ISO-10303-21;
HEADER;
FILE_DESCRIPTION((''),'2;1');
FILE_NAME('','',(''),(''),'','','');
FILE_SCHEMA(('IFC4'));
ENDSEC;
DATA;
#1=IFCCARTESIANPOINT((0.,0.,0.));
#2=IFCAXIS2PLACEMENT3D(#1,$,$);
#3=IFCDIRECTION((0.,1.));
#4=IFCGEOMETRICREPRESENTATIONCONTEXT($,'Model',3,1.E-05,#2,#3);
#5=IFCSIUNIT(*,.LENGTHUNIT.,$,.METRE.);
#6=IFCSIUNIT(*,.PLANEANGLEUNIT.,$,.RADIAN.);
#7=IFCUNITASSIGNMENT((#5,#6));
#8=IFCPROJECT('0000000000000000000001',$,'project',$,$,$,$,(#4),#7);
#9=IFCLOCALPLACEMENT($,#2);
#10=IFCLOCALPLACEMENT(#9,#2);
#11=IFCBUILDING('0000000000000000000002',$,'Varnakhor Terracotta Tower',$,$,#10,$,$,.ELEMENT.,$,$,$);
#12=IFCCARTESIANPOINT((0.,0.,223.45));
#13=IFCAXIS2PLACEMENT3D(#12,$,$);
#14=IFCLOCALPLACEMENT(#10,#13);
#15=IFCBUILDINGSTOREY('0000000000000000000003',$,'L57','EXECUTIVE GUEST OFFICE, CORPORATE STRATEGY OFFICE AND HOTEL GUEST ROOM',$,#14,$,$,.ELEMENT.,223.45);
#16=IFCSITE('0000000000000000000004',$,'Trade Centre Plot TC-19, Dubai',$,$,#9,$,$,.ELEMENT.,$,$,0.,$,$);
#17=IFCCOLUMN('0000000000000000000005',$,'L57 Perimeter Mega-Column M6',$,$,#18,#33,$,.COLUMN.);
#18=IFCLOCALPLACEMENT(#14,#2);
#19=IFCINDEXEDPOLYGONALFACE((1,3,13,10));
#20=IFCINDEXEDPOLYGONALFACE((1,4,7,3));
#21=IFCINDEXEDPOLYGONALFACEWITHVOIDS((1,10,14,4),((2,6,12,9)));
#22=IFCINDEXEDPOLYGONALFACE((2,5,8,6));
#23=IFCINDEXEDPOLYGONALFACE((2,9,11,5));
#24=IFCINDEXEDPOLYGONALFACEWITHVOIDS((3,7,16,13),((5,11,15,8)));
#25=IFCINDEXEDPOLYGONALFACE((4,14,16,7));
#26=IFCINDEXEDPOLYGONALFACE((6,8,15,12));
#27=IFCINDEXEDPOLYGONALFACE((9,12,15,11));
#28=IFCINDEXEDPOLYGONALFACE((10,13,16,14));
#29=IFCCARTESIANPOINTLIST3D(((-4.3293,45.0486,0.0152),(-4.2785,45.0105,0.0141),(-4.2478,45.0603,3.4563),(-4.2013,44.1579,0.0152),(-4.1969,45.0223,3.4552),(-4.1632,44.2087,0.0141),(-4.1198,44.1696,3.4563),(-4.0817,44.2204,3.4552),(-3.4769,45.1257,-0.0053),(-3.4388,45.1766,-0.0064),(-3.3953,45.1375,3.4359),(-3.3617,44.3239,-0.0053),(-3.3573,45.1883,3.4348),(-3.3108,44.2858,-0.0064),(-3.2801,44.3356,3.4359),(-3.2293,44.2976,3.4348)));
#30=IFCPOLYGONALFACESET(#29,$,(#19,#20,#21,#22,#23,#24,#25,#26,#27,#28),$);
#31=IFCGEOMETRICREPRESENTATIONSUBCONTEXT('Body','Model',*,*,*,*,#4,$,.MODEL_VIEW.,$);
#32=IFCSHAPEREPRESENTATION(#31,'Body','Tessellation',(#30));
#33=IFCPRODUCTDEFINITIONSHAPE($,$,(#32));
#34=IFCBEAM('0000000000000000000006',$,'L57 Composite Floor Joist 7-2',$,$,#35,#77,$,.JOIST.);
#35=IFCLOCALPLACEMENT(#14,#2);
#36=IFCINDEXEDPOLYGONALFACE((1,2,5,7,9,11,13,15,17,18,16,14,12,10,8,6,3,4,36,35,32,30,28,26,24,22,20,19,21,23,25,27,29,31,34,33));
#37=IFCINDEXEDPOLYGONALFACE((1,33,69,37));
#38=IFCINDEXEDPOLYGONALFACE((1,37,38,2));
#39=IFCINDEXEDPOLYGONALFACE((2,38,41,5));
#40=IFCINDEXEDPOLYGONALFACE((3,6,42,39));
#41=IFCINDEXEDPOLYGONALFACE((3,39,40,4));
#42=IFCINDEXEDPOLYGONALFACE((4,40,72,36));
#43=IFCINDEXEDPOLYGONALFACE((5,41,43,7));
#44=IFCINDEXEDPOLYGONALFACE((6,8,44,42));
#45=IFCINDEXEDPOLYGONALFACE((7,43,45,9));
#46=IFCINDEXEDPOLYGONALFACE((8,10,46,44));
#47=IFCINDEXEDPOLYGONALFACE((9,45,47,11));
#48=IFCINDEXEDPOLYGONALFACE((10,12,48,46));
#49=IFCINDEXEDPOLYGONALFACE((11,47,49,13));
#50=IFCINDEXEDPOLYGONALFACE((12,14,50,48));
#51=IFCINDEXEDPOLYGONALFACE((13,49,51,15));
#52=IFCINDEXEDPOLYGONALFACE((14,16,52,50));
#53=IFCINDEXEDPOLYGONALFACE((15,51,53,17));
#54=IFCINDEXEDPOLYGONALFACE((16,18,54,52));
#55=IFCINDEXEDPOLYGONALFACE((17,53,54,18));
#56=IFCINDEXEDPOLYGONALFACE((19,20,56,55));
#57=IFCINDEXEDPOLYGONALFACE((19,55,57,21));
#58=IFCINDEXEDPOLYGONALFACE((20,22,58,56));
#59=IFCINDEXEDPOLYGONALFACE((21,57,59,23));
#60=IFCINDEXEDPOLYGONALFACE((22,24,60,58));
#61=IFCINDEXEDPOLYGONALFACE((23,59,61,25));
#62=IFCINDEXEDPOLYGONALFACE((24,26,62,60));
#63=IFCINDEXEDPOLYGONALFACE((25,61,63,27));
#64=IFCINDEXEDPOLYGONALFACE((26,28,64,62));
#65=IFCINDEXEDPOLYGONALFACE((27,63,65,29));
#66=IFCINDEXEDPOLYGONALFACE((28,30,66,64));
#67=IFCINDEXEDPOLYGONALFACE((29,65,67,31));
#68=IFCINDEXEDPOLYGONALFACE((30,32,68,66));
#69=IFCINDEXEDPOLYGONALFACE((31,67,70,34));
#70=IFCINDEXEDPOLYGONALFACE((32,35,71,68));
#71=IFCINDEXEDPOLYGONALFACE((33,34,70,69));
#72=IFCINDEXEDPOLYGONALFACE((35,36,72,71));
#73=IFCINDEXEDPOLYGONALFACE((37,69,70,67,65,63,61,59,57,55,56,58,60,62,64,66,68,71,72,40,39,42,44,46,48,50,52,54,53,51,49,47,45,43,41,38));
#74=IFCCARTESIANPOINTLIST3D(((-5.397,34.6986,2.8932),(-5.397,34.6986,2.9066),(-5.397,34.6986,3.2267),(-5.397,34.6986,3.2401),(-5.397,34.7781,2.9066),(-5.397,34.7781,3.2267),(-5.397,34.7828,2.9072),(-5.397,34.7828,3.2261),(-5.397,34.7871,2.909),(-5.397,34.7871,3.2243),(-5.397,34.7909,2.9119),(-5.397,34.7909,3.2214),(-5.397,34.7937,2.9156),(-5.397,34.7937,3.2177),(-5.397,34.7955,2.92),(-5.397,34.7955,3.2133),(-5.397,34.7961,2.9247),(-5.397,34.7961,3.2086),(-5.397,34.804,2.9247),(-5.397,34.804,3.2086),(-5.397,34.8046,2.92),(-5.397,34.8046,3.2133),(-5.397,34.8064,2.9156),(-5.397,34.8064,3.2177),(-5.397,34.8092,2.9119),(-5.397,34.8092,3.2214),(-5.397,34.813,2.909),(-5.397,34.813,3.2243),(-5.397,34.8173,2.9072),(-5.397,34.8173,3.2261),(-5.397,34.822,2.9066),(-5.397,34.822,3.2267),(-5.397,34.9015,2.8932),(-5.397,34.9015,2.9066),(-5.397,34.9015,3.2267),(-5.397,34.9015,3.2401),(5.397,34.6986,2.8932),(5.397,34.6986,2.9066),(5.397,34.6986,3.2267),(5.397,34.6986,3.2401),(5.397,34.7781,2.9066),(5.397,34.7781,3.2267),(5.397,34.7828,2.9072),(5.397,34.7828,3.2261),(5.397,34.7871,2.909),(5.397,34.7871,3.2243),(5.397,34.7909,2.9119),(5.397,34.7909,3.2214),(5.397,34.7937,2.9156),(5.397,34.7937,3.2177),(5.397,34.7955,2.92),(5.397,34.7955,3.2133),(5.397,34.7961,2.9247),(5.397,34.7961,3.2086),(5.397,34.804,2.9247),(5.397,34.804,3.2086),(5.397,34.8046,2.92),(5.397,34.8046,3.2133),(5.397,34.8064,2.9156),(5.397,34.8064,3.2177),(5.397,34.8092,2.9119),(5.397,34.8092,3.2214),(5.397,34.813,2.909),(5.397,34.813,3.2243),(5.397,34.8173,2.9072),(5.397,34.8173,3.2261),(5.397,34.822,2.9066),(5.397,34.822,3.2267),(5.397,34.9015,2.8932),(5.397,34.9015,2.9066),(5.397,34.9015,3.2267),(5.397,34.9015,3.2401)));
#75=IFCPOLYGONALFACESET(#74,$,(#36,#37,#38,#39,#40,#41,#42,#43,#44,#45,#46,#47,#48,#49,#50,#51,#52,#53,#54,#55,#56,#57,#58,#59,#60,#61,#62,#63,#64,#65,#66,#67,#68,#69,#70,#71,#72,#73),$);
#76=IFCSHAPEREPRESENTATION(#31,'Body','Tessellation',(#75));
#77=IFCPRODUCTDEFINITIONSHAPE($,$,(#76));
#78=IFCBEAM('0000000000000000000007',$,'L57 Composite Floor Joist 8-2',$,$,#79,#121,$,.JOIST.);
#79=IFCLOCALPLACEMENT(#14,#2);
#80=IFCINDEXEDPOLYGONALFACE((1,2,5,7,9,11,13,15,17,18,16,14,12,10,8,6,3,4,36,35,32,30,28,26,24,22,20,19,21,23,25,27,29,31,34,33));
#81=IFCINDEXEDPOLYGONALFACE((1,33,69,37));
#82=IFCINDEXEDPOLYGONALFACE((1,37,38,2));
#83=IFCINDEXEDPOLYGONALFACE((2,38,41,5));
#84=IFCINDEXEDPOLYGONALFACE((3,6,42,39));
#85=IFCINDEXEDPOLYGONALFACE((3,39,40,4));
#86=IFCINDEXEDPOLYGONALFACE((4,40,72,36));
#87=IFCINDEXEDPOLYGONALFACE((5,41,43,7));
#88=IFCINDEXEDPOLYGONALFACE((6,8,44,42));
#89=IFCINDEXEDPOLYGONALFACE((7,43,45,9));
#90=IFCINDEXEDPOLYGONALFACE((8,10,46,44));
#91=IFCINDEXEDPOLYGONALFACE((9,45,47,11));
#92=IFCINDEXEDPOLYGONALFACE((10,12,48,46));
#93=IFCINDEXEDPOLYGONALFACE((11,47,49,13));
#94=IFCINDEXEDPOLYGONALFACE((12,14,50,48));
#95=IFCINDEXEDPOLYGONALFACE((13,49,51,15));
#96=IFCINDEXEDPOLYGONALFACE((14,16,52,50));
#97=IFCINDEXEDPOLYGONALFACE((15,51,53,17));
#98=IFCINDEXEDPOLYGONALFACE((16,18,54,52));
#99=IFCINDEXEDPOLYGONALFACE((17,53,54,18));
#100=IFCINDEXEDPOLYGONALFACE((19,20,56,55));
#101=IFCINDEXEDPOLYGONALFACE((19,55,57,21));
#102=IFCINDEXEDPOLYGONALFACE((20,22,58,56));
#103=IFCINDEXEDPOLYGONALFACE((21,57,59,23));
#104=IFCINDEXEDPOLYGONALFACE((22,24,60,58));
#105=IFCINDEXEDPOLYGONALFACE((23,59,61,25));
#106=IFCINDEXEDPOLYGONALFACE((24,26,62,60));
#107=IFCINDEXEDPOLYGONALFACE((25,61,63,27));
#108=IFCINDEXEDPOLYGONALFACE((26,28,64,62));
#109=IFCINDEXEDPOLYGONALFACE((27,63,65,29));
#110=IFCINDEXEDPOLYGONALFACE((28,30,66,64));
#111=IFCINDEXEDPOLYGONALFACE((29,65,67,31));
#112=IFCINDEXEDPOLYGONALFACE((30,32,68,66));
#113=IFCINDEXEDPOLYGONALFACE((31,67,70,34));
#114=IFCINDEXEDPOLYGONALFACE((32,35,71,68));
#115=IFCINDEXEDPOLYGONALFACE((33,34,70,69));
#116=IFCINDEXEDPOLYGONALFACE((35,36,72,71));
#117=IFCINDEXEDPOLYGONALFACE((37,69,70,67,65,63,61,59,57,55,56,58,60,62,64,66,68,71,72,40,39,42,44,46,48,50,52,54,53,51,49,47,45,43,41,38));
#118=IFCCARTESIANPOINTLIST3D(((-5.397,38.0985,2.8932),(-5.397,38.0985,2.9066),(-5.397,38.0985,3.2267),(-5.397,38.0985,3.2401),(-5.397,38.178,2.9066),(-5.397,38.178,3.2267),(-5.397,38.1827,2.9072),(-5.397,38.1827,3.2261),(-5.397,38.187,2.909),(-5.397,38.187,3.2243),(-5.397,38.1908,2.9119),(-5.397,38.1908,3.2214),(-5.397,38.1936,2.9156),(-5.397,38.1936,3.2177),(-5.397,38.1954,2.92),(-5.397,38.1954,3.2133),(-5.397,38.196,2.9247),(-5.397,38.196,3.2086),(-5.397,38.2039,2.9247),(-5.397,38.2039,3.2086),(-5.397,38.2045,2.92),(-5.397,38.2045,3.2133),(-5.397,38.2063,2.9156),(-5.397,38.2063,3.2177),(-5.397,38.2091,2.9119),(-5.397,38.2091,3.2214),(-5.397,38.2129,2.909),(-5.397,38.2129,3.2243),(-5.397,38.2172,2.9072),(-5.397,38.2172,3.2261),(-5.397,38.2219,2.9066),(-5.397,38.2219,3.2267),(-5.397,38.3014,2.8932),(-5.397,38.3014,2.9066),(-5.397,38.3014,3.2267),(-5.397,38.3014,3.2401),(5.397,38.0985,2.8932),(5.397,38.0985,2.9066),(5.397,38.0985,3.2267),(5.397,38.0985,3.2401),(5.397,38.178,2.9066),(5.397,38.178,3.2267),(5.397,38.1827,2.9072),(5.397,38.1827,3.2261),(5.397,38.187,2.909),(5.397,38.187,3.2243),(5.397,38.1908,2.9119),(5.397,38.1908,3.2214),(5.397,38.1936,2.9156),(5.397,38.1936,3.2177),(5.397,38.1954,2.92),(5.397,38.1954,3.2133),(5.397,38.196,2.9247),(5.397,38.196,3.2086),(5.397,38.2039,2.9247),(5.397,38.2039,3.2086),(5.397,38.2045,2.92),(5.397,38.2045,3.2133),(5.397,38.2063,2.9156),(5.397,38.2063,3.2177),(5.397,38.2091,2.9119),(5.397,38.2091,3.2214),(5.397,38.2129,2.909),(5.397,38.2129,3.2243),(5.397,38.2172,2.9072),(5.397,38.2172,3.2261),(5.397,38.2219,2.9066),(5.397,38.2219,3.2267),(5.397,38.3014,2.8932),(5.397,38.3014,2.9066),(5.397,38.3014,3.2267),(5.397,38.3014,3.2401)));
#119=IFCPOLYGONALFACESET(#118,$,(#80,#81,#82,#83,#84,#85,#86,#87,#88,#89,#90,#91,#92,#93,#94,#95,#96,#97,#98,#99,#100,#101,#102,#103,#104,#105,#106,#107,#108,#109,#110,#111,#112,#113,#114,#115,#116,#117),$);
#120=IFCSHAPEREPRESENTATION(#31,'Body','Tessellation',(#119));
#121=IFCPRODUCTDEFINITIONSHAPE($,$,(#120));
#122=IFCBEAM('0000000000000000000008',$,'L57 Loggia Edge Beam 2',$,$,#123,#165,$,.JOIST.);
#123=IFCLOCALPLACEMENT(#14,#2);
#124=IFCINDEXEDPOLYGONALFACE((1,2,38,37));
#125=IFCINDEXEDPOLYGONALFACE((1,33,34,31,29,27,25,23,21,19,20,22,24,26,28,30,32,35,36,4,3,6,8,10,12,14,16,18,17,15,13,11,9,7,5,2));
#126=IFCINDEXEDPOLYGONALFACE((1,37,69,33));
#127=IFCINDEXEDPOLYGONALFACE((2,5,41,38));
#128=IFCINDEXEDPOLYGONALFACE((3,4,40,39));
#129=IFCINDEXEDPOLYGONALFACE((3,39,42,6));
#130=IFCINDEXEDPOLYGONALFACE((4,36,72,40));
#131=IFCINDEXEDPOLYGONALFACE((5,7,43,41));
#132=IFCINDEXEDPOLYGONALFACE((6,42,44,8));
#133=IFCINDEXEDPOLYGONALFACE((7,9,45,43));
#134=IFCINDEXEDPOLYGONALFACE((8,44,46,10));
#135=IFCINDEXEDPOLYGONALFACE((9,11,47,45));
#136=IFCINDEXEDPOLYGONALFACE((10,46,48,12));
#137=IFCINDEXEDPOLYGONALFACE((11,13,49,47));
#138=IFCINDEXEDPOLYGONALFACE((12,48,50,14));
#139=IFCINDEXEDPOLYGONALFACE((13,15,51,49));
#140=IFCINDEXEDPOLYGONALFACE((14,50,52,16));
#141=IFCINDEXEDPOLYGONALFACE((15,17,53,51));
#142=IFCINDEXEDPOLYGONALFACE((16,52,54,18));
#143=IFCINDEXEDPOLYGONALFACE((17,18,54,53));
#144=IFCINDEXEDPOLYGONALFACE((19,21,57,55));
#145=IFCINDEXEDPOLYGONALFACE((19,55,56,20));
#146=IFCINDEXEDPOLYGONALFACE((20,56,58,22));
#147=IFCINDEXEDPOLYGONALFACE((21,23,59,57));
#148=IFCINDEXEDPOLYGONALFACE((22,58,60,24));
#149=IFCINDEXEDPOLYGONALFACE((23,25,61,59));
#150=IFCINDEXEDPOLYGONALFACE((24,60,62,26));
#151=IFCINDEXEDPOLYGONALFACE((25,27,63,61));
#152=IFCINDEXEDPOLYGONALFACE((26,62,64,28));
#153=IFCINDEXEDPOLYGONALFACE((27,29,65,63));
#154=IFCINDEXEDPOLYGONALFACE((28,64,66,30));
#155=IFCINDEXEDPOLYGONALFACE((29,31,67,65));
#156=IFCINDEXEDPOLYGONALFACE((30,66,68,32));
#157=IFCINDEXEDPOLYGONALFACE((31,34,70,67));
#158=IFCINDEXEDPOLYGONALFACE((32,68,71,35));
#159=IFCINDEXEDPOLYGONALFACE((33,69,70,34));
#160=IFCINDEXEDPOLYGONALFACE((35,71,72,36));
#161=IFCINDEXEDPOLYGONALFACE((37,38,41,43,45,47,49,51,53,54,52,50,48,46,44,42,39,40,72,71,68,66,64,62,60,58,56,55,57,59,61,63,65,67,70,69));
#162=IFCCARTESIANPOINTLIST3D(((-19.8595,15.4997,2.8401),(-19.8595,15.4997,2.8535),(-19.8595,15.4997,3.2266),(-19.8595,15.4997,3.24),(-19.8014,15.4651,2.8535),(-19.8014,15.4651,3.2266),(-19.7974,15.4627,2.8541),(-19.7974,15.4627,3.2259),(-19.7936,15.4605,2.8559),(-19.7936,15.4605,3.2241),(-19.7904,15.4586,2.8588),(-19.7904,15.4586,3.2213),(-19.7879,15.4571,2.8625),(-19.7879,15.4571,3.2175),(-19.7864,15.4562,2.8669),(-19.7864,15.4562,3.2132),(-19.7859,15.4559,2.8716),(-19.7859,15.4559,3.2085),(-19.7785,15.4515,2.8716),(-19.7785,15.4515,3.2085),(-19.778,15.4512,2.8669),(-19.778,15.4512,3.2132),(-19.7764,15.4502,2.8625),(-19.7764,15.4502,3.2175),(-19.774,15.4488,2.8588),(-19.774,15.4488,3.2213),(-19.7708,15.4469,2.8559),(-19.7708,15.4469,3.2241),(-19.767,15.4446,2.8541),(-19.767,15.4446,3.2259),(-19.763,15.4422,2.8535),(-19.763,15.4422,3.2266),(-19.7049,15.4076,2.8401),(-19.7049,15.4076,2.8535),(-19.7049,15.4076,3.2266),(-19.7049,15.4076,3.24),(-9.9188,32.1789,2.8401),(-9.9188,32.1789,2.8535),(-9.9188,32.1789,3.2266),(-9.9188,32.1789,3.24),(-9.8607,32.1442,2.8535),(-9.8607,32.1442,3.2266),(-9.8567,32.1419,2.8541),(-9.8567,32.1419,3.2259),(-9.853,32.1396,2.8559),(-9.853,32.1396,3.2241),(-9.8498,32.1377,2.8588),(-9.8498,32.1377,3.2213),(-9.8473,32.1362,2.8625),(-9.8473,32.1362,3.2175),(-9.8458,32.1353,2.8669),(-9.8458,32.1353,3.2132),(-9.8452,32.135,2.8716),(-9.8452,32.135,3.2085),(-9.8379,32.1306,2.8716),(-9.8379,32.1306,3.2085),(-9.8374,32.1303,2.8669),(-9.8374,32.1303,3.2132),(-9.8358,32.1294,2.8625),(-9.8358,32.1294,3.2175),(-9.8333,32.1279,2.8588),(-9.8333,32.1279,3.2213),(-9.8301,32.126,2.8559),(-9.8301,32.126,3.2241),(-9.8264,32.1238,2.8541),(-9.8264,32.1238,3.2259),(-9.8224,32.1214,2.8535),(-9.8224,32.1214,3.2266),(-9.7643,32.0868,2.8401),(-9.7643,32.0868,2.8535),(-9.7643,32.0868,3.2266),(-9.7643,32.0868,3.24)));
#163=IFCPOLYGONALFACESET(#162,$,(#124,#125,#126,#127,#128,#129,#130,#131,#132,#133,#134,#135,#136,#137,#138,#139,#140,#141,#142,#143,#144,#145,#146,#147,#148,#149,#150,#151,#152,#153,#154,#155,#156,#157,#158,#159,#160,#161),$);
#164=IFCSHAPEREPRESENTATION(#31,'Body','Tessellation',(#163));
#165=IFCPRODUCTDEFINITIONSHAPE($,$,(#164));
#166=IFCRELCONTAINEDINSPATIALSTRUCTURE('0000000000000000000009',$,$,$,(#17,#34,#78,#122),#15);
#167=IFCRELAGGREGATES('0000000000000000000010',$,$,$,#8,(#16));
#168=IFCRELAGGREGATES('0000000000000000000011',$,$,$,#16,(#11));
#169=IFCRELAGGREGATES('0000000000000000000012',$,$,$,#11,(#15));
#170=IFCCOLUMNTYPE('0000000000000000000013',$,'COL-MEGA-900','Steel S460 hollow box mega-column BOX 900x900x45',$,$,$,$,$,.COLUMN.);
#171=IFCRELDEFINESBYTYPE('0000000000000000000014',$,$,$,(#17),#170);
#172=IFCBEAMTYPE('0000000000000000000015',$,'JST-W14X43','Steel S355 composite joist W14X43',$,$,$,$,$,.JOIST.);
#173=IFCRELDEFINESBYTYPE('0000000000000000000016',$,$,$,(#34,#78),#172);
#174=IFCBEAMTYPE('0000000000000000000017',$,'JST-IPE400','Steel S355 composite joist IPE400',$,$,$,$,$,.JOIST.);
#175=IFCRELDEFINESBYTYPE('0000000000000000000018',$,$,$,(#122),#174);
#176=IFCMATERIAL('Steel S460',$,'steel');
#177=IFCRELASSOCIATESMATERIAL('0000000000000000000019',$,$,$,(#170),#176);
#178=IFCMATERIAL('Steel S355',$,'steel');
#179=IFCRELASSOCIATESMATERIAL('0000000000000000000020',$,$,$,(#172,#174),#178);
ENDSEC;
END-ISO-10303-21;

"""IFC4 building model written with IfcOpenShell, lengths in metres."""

from ifc_helpers import new_model, si_unit, direction, frame, origin, origin_2d, place, context, subcontext, project, spatial, hollow_rectangle, i_section, extrude, source, transform, mapped, material, material_profile, profile_set, type_object, element, save


model = new_model("IFC4")

# Units and contexts
model_context = context("Model", 3, precision=1e-05, world=origin(), true_north=direction((0.0, 1.0)))
body_context = subcontext(model_context, "Body", "Model", "MODEL_VIEW")
ifc_project = project(units=[si_unit("LENGTHUNIT", "METRE"), si_unit("PLANEANGLEUNIT", "RADIAN")], contexts=[model_context])

# Site, building, storey
site_placement = place(None, origin())
site = spatial("IfcSite", under=ifc_project, at=site_placement, Name="Trade Centre Plot TC-19, Dubai", CompositionType="ELEMENT", RefElevation=0.0)
building_placement = place(site_placement, origin())
building = spatial("IfcBuilding", under=site, at=building_placement, Name="Varnakhor Terracotta Tower", CompositionType="ELEMENT")
storey_placement = place(building_placement, frame((0.0, 0.0, 223.45)))
storey = spatial("IfcBuildingStorey", under=building, at=storey_placement, Name="L57", Description="EXECUTIVE GUEST OFFICE, CORPORATE STRATEGY OFFICE AND HOTEL GUEST ROOM", CompositionType="ELEMENT", Elevation=223.45)

# Column
ifc_material_1 = material(Name="Steel S460", Category="steel")
ifc_material_profile_1 = material_profile(ifc_material_1, hollow_rectangle(XDim=0.8999, YDim=0.8999, WallThickness=0.0449, at=origin_2d()), Name="BOX 900x900x45")
ifc_profile_set_1 = profile_set([ifc_material_profile_1], Name="Steel S460")
column_type = type_object("IfcColumnType", Name="COL-MEGA-900", Description="Steel S460 hollow box mega-column BOX 900x900x45", PredefinedType="COLUMN", material=ifc_profile_set_1)
shared_shape_1 = source(origin(), body_context, "Body", "SweptSolid", [
    extrude(hollow_rectangle(XDim=0.8999, YDim=0.8999, WallThickness=0.0449, at=origin_2d()), origin(), (0.0, 0.0, 1.0), 3.4421),
])
column_placement = place(storey_placement, frame((-3.8201, 44.6672, 0.0044), z_axis=(0.02369, 0.003404, 0.999714), x_axis=(-0.142251, 0.989831, 0.0)))
element("IfcColumn", 1, at=column_placement, inside=storey, type_object=column_type, Name="L57 Perimeter Mega-Column M6", PredefinedType="COLUMN", context=body_context, shape_type="MappedRepresentation", body=[
    mapped(shared_shape_1, transform((0.0, 0.0, 0.0), scale=1.0)),
])

# Beams
ifc_material_2 = material(Name="Steel S355", Category="steel")
ifc_material_profile_2 = material_profile(ifc_material_2, i_section(OverallWidth=0.2029, OverallDepth=0.3469, WebThickness=0.0078, FlangeThickness=0.0134, FilletRadius=0.0181, at=origin_2d()), Name="W14X43")
ifc_profile_set_2 = profile_set([ifc_material_profile_2], Name="Steel S355")
beam_type_1 = type_object("IfcBeamType", Name="JST-W14X43", Description="Steel S355 composite joist W14X43", PredefinedType="JOIST", material=ifc_profile_set_2)
shared_shape_2 = source(origin(), body_context, "Body", "SweptSolid", [
    extrude(i_section(OverallWidth=0.2029, OverallDepth=0.3469, WebThickness=0.0078, FlangeThickness=0.0134, FilletRadius=0.0181, at=origin_2d()), origin(), (0.0, 0.0, 1.0), 10.7939),
])
for number, where, z_axis, x_axis, name in (
    (2, (-5.397, 34.8, 3.0667), (1.0, 0.0, 0.0), (0.0, 1.0, 0.0), "L57 Composite Floor Joist 7-2"),
    (3, (-5.397, 38.2, 3.0667), (1.0, 0.0, 0.0), (0.0, 1.0, 0.0), "L57 Composite Floor Joist 8-2"),
):
    element("IfcBeam", number, at=place(storey_placement, frame(where, z_axis=z_axis, x_axis=x_axis)), inside=storey, type_object=beam_type_1, Name=name, PredefinedType="JOIST", context=body_context, shape_type="MappedRepresentation", body=[
        mapped(shared_shape_2, transform((0.0, 0.0, 0.0), scale=1.0)),
    ])
ifc_material_profile_3 = material_profile(ifc_material_2, i_section(OverallWidth=0.1799, OverallDepth=0.3999, WebThickness=0.0085, FlangeThickness=0.0134, FilletRadius=0.0181, at=origin_2d()), Name="IPE400")
ifc_profile_set_3 = profile_set([ifc_material_profile_3], Name="Steel S355")
beam_type_2 = type_object("IfcBeamType", Name="JST-IPE400", Description="Steel S355 composite joist IPE400", PredefinedType="JOIST", material=ifc_profile_set_3)
shared_shape_3 = source(origin(), body_context, "Body", "SweptSolid", [
    extrude(i_section(OverallWidth=0.1799, OverallDepth=0.3999, WebThickness=0.0085, FlangeThickness=0.0134, FilletRadius=0.0181, at=origin_2d()), origin(), (0.0, 0.0, 1.0), 19.4167),
])
beam_1_placement = place(storey_placement, frame((-9.8416, 32.1328, 3.04), z_axis=(-0.511962, -0.859008, 0.0), x_axis=(0.859008, -0.511962, 0.0)))
element("IfcBeam", 4, at=beam_1_placement, inside=storey, type_object=beam_type_2, Name="L57 Loggia Edge Beam 2", PredefinedType="JOIST", context=body_context, shape_type="MappedRepresentation", body=[
    mapped(shared_shape_3, transform((0.0, 0.0, 0.0), scale=1.0)),
])

save(model, "model.ifc")
